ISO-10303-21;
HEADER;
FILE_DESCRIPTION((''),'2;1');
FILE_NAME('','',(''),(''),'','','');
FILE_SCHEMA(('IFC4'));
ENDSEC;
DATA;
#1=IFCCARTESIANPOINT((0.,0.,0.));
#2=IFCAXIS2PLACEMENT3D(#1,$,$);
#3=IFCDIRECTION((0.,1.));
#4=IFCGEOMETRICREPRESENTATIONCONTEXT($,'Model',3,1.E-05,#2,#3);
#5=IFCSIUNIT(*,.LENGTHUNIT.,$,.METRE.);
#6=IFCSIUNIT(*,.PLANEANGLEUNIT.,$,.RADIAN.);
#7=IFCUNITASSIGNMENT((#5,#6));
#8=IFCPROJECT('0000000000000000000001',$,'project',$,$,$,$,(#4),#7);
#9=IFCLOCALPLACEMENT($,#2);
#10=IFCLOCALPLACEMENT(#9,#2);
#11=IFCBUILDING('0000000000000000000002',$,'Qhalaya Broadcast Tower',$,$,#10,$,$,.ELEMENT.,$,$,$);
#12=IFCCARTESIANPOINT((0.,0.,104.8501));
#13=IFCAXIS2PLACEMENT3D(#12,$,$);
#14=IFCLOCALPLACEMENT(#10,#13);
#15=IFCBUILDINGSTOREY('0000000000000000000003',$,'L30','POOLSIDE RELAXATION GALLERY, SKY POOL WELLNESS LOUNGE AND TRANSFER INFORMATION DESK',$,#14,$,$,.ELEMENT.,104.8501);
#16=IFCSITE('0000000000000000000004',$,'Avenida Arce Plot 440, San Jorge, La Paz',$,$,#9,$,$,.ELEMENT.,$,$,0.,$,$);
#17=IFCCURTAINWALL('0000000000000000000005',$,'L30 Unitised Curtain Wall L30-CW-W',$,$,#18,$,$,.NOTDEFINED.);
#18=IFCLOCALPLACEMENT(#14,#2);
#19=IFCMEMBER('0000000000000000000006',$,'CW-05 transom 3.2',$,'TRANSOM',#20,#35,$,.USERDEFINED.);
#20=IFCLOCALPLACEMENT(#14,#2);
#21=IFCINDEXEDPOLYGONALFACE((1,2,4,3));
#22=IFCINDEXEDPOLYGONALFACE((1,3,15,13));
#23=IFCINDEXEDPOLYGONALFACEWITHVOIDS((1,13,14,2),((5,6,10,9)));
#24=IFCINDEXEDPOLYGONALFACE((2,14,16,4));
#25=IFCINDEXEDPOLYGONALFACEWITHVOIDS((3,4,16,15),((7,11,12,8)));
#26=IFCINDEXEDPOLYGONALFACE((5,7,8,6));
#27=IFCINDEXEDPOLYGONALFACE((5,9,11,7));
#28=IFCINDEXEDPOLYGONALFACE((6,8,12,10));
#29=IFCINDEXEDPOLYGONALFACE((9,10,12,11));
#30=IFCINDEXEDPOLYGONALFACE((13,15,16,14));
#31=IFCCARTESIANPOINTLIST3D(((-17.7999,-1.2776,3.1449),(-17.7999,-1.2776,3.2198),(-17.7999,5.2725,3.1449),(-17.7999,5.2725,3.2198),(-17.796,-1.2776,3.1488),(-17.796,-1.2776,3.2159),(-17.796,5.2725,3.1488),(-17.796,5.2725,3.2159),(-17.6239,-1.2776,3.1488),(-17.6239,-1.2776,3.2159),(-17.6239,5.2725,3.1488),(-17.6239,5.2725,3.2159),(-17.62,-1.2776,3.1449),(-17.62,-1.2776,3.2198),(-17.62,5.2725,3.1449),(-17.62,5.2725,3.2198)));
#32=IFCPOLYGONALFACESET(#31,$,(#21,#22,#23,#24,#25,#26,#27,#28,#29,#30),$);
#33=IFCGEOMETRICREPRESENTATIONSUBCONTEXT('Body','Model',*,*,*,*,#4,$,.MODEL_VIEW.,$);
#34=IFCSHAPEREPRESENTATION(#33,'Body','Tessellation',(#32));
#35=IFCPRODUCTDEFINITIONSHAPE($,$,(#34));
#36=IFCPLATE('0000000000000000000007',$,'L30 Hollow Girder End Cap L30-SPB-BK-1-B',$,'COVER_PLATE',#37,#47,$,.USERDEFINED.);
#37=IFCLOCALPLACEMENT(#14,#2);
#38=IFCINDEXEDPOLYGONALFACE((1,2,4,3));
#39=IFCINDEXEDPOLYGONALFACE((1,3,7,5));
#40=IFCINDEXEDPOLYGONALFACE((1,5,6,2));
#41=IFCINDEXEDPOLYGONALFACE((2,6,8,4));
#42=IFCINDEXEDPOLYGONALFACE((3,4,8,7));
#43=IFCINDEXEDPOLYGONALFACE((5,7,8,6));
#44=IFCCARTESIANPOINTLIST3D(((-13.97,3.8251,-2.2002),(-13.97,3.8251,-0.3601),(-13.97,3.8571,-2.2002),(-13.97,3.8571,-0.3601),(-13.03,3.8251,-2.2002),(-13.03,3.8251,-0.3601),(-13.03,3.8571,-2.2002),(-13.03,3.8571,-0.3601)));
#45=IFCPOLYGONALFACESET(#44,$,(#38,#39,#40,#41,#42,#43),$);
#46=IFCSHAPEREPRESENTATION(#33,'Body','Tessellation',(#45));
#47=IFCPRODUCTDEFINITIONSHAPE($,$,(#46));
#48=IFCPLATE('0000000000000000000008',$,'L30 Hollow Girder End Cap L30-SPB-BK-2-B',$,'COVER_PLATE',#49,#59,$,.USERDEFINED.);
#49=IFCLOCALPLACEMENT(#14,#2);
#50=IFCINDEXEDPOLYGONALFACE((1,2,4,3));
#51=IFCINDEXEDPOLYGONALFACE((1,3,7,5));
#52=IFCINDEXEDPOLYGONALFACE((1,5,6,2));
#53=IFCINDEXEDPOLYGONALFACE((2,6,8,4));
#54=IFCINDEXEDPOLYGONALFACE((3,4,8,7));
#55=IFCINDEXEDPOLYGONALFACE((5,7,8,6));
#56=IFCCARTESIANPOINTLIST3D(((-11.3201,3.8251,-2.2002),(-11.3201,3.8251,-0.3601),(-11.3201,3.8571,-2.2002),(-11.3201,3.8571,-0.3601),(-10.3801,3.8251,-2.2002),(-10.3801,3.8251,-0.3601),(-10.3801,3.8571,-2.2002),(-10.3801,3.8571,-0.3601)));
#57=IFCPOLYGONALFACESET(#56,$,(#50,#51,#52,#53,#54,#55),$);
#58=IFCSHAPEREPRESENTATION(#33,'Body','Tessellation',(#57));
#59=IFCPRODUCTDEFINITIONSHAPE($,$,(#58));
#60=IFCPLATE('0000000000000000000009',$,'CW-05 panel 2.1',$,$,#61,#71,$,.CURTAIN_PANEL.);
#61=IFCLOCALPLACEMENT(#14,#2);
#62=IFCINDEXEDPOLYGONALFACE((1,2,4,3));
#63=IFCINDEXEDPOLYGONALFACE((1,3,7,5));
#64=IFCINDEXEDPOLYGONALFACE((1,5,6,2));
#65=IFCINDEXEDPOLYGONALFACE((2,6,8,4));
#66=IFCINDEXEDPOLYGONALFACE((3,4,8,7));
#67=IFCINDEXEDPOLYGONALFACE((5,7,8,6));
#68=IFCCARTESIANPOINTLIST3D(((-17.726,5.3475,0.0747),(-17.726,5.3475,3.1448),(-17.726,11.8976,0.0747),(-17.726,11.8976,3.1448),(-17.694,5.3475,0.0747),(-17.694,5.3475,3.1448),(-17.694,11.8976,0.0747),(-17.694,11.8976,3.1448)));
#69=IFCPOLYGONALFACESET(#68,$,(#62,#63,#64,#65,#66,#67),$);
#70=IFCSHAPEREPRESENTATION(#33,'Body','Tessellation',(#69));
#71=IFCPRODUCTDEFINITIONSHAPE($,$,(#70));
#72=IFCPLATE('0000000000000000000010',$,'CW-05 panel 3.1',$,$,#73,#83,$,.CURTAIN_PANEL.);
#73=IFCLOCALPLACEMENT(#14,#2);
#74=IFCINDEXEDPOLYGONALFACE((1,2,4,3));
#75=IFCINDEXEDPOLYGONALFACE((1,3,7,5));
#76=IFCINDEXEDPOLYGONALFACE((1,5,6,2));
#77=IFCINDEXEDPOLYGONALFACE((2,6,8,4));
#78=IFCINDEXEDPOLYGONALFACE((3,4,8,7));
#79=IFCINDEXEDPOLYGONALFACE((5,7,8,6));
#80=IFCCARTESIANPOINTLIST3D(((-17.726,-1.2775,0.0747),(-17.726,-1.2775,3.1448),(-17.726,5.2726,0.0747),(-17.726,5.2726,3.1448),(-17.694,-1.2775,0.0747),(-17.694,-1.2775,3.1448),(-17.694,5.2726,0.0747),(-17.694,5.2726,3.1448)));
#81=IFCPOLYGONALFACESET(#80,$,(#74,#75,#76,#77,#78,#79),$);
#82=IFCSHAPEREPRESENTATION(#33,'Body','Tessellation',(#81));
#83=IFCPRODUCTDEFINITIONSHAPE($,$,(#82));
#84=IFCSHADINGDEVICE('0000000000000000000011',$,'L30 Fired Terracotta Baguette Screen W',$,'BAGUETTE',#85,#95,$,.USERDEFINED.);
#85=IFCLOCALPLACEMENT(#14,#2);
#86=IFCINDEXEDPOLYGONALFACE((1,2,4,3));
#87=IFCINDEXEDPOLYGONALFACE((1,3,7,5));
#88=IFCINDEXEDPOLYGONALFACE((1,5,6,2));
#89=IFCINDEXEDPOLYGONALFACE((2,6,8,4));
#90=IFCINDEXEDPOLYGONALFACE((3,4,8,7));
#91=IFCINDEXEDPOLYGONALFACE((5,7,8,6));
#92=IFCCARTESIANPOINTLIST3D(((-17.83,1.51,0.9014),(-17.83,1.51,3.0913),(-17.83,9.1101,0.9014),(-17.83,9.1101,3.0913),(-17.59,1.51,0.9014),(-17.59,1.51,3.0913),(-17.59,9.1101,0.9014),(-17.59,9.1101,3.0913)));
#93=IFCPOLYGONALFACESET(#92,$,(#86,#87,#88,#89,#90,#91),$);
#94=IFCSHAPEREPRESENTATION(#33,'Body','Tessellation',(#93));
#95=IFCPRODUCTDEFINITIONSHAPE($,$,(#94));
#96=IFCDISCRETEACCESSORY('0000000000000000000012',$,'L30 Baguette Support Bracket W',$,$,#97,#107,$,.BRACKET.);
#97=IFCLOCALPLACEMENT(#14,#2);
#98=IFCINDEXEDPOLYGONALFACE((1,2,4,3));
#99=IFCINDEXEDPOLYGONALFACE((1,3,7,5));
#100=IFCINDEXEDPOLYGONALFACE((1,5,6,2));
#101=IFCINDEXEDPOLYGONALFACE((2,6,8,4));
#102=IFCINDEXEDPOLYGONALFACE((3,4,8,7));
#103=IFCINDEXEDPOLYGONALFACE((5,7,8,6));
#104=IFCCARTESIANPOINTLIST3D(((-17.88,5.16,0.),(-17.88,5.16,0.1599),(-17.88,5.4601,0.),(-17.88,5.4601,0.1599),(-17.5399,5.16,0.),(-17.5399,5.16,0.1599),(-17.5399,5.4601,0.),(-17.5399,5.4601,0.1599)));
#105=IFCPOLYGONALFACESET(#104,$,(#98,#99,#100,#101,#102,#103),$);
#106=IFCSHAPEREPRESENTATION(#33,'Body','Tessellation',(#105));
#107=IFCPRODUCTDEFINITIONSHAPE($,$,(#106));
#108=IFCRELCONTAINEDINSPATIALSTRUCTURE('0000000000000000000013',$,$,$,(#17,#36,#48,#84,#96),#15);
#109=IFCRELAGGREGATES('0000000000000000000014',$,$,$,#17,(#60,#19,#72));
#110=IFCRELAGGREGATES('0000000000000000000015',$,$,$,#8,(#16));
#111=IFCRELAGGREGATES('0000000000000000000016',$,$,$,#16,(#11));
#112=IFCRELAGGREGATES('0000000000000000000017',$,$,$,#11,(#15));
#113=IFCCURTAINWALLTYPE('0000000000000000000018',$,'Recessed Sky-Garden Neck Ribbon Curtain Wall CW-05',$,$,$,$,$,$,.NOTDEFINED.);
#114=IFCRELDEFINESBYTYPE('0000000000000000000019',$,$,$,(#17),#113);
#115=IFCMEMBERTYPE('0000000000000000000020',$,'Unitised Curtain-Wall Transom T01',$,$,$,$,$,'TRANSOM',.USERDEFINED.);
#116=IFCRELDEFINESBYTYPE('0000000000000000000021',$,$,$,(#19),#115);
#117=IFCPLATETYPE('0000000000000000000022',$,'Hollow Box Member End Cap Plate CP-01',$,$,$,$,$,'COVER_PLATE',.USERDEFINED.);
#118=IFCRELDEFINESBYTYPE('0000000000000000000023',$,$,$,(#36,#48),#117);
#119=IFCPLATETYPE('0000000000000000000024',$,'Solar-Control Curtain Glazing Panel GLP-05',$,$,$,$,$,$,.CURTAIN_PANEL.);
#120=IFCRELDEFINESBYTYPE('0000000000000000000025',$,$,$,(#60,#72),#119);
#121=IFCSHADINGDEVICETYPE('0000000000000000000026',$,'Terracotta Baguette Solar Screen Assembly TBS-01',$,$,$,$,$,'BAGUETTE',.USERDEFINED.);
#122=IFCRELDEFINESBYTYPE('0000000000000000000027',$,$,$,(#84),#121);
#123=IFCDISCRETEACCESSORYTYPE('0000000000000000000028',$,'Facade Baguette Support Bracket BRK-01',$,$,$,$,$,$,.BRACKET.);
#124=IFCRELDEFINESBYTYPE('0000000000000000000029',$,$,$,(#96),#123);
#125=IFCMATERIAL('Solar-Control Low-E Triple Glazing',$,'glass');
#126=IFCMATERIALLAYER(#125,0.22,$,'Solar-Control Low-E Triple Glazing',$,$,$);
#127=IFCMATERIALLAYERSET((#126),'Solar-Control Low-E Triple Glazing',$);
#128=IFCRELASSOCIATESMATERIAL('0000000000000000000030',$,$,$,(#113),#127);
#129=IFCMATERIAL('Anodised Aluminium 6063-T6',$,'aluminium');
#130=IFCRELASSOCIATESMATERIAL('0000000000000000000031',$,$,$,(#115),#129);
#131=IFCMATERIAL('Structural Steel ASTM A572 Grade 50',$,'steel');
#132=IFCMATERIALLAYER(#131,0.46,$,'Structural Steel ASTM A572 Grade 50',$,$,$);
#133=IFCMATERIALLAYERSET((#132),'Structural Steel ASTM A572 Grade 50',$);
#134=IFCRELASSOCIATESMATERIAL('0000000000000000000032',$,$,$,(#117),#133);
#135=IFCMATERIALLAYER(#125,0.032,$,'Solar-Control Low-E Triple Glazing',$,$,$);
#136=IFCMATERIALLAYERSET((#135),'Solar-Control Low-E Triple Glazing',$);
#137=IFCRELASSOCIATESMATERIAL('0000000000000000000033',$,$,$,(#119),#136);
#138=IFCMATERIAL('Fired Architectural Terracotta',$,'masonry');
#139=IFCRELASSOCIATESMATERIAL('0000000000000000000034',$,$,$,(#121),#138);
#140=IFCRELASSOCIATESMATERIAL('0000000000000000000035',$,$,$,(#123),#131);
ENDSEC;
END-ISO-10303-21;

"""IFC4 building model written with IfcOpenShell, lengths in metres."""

from ifc_helpers import new_model, si_unit, direction, frame, origin, origin_2d, place, context, subcontext, project, spatial, rectangle, hollow_rectangle, extrude, material, layer, layer_set, material_profile, profile_set, type_object, element, aggregate, save


model = new_model("IFC4")

# Units and contexts
model_context = context("Model", 3, precision=1e-05, world=origin(), true_north=direction((0.0, 1.0)))
body_context = subcontext(model_context, "Body", "Model", "MODEL_VIEW")
ifc_project = project(units=[si_unit("LENGTHUNIT", "METRE"), si_unit("PLANEANGLEUNIT", "RADIAN")], contexts=[model_context])

# Site, building, storey
site_placement = place(None, origin())
site = spatial("IfcSite", under=ifc_project, at=site_placement, Name="Avenida Arce Plot 440, San Jorge, La Paz", CompositionType="ELEMENT", RefElevation=0.0)
building_placement = place(site_placement, origin())
building = spatial("IfcBuilding", under=site, at=building_placement, Name="Qhalaya Broadcast Tower", CompositionType="ELEMENT")
storey_placement = place(building_placement, frame((0.0, 0.0, 104.8501)))
storey = spatial("IfcBuildingStorey", under=building, at=storey_placement, Name="L30", Description="POOLSIDE RELAXATION GALLERY, SKY POOL WELLNESS LOUNGE AND TRANSFER INFORMATION DESK", CompositionType="ELEMENT", Elevation=104.8501)

# Shared definitions
ifc_material_1 = material(Name="Structural Steel ASTM A572 Grade 50", Category="steel")

# Curtain wall, member
ifc_material_2 = material(Name="Solar-Control Low-E Triple Glazing", Category="glass")
ifc_layer_1 = layer(ifc_material_2, 0.22, Name="Solar-Control Low-E Triple Glazing")
ifc_layer_set_1 = layer_set([ifc_layer_1], Name="Solar-Control Low-E Triple Glazing")
curtain_wall_type = type_object("IfcCurtainWallType", Name="Recessed Sky-Garden Neck Ribbon Curtain Wall CW-05", PredefinedType="NOTDEFINED", material=ifc_layer_set_1)
curtain_wall_placement = place(storey_placement, origin())
curtain_wall = element("IfcCurtainWall", 1, at=curtain_wall_placement, inside=storey, type_object=curtain_wall_type, Name="L30 Unitised Curtain Wall L30-CW-W", PredefinedType="NOTDEFINED")
ifc_material_3 = material(Name="Anodised Aluminium 6063-T6", Category="aluminium")
ifc_material_profile_1 = material_profile(ifc_material_3, hollow_rectangle(XDim=0.075, YDim=0.1799, WallThickness=0.0039, at=origin_2d()), Name="ALU-TRN 75x180x4")
ifc_profile_set_1 = profile_set([ifc_material_profile_1], Name="Anodised Aluminium 6063-T6")
member_type_1 = type_object("IfcMemberType", Name="Unitised Curtain-Wall Transom T01", ElementType="TRANSOM", PredefinedType="USERDEFINED", material=ifc_profile_set_1)
member_1_placement = place(storey_placement, frame((-17.71, 5.2725, 3.1824), z_axis=(0.0, -1.0, 0.0), x_axis=(0.0, 0.0, 1.0)))
member_1 = element("IfcMember", 2, at=member_1_placement, type_object=member_type_1, Name="CW-05 transom 3.2", ObjectType="TRANSOM", PredefinedType="USERDEFINED", context=body_context, shape_type="SweptSolid", body=[
    extrude(hollow_rectangle(XDim=0.075, YDim=0.1799, WallThickness=0.0039, at=origin_2d()), origin(), (0.0, 0.0, 1.0), 6.55),
])

# Plates
ifc_layer_2 = layer(ifc_material_1, 0.46, Name="Structural Steel ASTM A572 Grade 50")
ifc_layer_set_2 = layer_set([ifc_layer_2], Name="Structural Steel ASTM A572 Grade 50")
plate_type_1 = type_object("IfcPlateType", Name="Hollow Box Member End Cap Plate CP-01", ElementType="COVER_PLATE", PredefinedType="USERDEFINED", material=ifc_layer_set_2)
for number, where, z_axis, x_axis, name in (
    (3, (-13.5, 3.8411, -2.2002), (0.0, 0.0, 1.0), (-1.0, 0.0, 0.0), "L30 Hollow Girder End Cap L30-SPB-BK-1-B"),
    (4, (-10.8501, 3.8411, -2.2002), (0.0, 0.0, 1.0), (-1.0, 0.0, 0.0), "L30 Hollow Girder End Cap L30-SPB-BK-2-B"),
):
    element("IfcPlate", number, at=place(storey_placement, frame(where, z_axis=z_axis, x_axis=x_axis)), inside=storey, type_object=plate_type_1, Name=name, ObjectType="COVER_PLATE", PredefinedType="USERDEFINED", context=body_context, shape_type="SweptSolid", body=[
        extrude(rectangle(XDim=0.9399, YDim=0.032, at=origin_2d()), origin(), (0.0, 0.0, 1.0), 1.8401),
    ])

# Plates
ifc_layer_3 = layer(ifc_material_2, 0.032, Name="Solar-Control Low-E Triple Glazing")
ifc_layer_set_3 = layer_set([ifc_layer_3], Name="Solar-Control Low-E Triple Glazing")
plate_type_2 = type_object("IfcPlateType", Name="Solar-Control Curtain Glazing Panel GLP-05", PredefinedType="CURTAIN_PANEL", material=ifc_layer_set_3)
plate_1_placement = place(storey_placement, frame((-17.71, 8.6226, 0.0747), z_axis=(0.0, 0.0, 1.0), x_axis=(0.0, -1.0, 0.0)))
plate_1 = element("IfcPlate", 5, at=plate_1_placement, type_object=plate_type_2, Name="CW-05 panel 2.1", PredefinedType="CURTAIN_PANEL", context=body_context, shape_type="SweptSolid", body=[
    extrude(rectangle(XDim=6.55, YDim=0.032, at=origin_2d()), origin(), (0.0, 0.0, 1.0), 3.0701),
])
plate_2_placement = place(storey_placement, frame((-17.71, 1.9976, 0.0747), z_axis=(0.0, 0.0, 1.0), x_axis=(0.0, -1.0, 0.0)))
plate_2 = element("IfcPlate", 6, at=plate_2_placement, type_object=plate_type_2, Name="CW-05 panel 3.1", PredefinedType="CURTAIN_PANEL", context=body_context, shape_type="SweptSolid", body=[
    extrude(rectangle(XDim=6.55, YDim=0.032, at=origin_2d()), origin(), (0.0, 0.0, 1.0), 3.0701),
])
aggregate(curtain_wall, [plate_1, member_1, plate_2])

# Shading device
ifc_material_4 = material(Name="Fired Architectural Terracotta", Category="masonry")
shading_device_type = type_object("IfcShadingDeviceType", Name="Terracotta Baguette Solar Screen Assembly TBS-01", ElementType="BAGUETTE", PredefinedType="USERDEFINED", material=ifc_material_4)
shading_device_placement = place(storey_placement, frame((-17.71, 5.3101, 0.9014), z_axis=(0.0, 0.0, 1.0), x_axis=(0.0, -1.0, 0.0)))
element("IfcShadingDevice", 7, at=shading_device_placement, inside=storey, type_object=shading_device_type, Name="L30 Fired Terracotta Baguette Screen W", ObjectType="BAGUETTE", PredefinedType="USERDEFINED", context=body_context, shape_type="SweptSolid", body=[
    extrude(rectangle(XDim=7.6001, YDim=0.24, at=origin_2d()), origin(), (0.0, 0.0, 1.0), 2.1899),
])

# Discrete accessory
discrete_accessory_type = type_object("IfcDiscreteAccessoryType", Name="Facade Baguette Support Bracket BRK-01", PredefinedType="BRACKET", material=ifc_material_1)
discrete_accessory_placement = place(storey_placement, frame((-17.71, 5.3101, 0.0), z_axis=(0.0, 0.0, 1.0), x_axis=(0.0, -1.0, 0.0)))
element("IfcDiscreteAccessory", 8, at=discrete_accessory_placement, inside=storey, type_object=discrete_accessory_type, Name="L30 Baguette Support Bracket W", PredefinedType="BRACKET", context=body_context, shape_type="SweptSolid", body=[
    extrude(rectangle(XDim=0.3, YDim=0.3401, at=origin_2d()), origin(), (0.0, 0.0, 1.0), 0.1599),
])

save(model, "model.ifc")
